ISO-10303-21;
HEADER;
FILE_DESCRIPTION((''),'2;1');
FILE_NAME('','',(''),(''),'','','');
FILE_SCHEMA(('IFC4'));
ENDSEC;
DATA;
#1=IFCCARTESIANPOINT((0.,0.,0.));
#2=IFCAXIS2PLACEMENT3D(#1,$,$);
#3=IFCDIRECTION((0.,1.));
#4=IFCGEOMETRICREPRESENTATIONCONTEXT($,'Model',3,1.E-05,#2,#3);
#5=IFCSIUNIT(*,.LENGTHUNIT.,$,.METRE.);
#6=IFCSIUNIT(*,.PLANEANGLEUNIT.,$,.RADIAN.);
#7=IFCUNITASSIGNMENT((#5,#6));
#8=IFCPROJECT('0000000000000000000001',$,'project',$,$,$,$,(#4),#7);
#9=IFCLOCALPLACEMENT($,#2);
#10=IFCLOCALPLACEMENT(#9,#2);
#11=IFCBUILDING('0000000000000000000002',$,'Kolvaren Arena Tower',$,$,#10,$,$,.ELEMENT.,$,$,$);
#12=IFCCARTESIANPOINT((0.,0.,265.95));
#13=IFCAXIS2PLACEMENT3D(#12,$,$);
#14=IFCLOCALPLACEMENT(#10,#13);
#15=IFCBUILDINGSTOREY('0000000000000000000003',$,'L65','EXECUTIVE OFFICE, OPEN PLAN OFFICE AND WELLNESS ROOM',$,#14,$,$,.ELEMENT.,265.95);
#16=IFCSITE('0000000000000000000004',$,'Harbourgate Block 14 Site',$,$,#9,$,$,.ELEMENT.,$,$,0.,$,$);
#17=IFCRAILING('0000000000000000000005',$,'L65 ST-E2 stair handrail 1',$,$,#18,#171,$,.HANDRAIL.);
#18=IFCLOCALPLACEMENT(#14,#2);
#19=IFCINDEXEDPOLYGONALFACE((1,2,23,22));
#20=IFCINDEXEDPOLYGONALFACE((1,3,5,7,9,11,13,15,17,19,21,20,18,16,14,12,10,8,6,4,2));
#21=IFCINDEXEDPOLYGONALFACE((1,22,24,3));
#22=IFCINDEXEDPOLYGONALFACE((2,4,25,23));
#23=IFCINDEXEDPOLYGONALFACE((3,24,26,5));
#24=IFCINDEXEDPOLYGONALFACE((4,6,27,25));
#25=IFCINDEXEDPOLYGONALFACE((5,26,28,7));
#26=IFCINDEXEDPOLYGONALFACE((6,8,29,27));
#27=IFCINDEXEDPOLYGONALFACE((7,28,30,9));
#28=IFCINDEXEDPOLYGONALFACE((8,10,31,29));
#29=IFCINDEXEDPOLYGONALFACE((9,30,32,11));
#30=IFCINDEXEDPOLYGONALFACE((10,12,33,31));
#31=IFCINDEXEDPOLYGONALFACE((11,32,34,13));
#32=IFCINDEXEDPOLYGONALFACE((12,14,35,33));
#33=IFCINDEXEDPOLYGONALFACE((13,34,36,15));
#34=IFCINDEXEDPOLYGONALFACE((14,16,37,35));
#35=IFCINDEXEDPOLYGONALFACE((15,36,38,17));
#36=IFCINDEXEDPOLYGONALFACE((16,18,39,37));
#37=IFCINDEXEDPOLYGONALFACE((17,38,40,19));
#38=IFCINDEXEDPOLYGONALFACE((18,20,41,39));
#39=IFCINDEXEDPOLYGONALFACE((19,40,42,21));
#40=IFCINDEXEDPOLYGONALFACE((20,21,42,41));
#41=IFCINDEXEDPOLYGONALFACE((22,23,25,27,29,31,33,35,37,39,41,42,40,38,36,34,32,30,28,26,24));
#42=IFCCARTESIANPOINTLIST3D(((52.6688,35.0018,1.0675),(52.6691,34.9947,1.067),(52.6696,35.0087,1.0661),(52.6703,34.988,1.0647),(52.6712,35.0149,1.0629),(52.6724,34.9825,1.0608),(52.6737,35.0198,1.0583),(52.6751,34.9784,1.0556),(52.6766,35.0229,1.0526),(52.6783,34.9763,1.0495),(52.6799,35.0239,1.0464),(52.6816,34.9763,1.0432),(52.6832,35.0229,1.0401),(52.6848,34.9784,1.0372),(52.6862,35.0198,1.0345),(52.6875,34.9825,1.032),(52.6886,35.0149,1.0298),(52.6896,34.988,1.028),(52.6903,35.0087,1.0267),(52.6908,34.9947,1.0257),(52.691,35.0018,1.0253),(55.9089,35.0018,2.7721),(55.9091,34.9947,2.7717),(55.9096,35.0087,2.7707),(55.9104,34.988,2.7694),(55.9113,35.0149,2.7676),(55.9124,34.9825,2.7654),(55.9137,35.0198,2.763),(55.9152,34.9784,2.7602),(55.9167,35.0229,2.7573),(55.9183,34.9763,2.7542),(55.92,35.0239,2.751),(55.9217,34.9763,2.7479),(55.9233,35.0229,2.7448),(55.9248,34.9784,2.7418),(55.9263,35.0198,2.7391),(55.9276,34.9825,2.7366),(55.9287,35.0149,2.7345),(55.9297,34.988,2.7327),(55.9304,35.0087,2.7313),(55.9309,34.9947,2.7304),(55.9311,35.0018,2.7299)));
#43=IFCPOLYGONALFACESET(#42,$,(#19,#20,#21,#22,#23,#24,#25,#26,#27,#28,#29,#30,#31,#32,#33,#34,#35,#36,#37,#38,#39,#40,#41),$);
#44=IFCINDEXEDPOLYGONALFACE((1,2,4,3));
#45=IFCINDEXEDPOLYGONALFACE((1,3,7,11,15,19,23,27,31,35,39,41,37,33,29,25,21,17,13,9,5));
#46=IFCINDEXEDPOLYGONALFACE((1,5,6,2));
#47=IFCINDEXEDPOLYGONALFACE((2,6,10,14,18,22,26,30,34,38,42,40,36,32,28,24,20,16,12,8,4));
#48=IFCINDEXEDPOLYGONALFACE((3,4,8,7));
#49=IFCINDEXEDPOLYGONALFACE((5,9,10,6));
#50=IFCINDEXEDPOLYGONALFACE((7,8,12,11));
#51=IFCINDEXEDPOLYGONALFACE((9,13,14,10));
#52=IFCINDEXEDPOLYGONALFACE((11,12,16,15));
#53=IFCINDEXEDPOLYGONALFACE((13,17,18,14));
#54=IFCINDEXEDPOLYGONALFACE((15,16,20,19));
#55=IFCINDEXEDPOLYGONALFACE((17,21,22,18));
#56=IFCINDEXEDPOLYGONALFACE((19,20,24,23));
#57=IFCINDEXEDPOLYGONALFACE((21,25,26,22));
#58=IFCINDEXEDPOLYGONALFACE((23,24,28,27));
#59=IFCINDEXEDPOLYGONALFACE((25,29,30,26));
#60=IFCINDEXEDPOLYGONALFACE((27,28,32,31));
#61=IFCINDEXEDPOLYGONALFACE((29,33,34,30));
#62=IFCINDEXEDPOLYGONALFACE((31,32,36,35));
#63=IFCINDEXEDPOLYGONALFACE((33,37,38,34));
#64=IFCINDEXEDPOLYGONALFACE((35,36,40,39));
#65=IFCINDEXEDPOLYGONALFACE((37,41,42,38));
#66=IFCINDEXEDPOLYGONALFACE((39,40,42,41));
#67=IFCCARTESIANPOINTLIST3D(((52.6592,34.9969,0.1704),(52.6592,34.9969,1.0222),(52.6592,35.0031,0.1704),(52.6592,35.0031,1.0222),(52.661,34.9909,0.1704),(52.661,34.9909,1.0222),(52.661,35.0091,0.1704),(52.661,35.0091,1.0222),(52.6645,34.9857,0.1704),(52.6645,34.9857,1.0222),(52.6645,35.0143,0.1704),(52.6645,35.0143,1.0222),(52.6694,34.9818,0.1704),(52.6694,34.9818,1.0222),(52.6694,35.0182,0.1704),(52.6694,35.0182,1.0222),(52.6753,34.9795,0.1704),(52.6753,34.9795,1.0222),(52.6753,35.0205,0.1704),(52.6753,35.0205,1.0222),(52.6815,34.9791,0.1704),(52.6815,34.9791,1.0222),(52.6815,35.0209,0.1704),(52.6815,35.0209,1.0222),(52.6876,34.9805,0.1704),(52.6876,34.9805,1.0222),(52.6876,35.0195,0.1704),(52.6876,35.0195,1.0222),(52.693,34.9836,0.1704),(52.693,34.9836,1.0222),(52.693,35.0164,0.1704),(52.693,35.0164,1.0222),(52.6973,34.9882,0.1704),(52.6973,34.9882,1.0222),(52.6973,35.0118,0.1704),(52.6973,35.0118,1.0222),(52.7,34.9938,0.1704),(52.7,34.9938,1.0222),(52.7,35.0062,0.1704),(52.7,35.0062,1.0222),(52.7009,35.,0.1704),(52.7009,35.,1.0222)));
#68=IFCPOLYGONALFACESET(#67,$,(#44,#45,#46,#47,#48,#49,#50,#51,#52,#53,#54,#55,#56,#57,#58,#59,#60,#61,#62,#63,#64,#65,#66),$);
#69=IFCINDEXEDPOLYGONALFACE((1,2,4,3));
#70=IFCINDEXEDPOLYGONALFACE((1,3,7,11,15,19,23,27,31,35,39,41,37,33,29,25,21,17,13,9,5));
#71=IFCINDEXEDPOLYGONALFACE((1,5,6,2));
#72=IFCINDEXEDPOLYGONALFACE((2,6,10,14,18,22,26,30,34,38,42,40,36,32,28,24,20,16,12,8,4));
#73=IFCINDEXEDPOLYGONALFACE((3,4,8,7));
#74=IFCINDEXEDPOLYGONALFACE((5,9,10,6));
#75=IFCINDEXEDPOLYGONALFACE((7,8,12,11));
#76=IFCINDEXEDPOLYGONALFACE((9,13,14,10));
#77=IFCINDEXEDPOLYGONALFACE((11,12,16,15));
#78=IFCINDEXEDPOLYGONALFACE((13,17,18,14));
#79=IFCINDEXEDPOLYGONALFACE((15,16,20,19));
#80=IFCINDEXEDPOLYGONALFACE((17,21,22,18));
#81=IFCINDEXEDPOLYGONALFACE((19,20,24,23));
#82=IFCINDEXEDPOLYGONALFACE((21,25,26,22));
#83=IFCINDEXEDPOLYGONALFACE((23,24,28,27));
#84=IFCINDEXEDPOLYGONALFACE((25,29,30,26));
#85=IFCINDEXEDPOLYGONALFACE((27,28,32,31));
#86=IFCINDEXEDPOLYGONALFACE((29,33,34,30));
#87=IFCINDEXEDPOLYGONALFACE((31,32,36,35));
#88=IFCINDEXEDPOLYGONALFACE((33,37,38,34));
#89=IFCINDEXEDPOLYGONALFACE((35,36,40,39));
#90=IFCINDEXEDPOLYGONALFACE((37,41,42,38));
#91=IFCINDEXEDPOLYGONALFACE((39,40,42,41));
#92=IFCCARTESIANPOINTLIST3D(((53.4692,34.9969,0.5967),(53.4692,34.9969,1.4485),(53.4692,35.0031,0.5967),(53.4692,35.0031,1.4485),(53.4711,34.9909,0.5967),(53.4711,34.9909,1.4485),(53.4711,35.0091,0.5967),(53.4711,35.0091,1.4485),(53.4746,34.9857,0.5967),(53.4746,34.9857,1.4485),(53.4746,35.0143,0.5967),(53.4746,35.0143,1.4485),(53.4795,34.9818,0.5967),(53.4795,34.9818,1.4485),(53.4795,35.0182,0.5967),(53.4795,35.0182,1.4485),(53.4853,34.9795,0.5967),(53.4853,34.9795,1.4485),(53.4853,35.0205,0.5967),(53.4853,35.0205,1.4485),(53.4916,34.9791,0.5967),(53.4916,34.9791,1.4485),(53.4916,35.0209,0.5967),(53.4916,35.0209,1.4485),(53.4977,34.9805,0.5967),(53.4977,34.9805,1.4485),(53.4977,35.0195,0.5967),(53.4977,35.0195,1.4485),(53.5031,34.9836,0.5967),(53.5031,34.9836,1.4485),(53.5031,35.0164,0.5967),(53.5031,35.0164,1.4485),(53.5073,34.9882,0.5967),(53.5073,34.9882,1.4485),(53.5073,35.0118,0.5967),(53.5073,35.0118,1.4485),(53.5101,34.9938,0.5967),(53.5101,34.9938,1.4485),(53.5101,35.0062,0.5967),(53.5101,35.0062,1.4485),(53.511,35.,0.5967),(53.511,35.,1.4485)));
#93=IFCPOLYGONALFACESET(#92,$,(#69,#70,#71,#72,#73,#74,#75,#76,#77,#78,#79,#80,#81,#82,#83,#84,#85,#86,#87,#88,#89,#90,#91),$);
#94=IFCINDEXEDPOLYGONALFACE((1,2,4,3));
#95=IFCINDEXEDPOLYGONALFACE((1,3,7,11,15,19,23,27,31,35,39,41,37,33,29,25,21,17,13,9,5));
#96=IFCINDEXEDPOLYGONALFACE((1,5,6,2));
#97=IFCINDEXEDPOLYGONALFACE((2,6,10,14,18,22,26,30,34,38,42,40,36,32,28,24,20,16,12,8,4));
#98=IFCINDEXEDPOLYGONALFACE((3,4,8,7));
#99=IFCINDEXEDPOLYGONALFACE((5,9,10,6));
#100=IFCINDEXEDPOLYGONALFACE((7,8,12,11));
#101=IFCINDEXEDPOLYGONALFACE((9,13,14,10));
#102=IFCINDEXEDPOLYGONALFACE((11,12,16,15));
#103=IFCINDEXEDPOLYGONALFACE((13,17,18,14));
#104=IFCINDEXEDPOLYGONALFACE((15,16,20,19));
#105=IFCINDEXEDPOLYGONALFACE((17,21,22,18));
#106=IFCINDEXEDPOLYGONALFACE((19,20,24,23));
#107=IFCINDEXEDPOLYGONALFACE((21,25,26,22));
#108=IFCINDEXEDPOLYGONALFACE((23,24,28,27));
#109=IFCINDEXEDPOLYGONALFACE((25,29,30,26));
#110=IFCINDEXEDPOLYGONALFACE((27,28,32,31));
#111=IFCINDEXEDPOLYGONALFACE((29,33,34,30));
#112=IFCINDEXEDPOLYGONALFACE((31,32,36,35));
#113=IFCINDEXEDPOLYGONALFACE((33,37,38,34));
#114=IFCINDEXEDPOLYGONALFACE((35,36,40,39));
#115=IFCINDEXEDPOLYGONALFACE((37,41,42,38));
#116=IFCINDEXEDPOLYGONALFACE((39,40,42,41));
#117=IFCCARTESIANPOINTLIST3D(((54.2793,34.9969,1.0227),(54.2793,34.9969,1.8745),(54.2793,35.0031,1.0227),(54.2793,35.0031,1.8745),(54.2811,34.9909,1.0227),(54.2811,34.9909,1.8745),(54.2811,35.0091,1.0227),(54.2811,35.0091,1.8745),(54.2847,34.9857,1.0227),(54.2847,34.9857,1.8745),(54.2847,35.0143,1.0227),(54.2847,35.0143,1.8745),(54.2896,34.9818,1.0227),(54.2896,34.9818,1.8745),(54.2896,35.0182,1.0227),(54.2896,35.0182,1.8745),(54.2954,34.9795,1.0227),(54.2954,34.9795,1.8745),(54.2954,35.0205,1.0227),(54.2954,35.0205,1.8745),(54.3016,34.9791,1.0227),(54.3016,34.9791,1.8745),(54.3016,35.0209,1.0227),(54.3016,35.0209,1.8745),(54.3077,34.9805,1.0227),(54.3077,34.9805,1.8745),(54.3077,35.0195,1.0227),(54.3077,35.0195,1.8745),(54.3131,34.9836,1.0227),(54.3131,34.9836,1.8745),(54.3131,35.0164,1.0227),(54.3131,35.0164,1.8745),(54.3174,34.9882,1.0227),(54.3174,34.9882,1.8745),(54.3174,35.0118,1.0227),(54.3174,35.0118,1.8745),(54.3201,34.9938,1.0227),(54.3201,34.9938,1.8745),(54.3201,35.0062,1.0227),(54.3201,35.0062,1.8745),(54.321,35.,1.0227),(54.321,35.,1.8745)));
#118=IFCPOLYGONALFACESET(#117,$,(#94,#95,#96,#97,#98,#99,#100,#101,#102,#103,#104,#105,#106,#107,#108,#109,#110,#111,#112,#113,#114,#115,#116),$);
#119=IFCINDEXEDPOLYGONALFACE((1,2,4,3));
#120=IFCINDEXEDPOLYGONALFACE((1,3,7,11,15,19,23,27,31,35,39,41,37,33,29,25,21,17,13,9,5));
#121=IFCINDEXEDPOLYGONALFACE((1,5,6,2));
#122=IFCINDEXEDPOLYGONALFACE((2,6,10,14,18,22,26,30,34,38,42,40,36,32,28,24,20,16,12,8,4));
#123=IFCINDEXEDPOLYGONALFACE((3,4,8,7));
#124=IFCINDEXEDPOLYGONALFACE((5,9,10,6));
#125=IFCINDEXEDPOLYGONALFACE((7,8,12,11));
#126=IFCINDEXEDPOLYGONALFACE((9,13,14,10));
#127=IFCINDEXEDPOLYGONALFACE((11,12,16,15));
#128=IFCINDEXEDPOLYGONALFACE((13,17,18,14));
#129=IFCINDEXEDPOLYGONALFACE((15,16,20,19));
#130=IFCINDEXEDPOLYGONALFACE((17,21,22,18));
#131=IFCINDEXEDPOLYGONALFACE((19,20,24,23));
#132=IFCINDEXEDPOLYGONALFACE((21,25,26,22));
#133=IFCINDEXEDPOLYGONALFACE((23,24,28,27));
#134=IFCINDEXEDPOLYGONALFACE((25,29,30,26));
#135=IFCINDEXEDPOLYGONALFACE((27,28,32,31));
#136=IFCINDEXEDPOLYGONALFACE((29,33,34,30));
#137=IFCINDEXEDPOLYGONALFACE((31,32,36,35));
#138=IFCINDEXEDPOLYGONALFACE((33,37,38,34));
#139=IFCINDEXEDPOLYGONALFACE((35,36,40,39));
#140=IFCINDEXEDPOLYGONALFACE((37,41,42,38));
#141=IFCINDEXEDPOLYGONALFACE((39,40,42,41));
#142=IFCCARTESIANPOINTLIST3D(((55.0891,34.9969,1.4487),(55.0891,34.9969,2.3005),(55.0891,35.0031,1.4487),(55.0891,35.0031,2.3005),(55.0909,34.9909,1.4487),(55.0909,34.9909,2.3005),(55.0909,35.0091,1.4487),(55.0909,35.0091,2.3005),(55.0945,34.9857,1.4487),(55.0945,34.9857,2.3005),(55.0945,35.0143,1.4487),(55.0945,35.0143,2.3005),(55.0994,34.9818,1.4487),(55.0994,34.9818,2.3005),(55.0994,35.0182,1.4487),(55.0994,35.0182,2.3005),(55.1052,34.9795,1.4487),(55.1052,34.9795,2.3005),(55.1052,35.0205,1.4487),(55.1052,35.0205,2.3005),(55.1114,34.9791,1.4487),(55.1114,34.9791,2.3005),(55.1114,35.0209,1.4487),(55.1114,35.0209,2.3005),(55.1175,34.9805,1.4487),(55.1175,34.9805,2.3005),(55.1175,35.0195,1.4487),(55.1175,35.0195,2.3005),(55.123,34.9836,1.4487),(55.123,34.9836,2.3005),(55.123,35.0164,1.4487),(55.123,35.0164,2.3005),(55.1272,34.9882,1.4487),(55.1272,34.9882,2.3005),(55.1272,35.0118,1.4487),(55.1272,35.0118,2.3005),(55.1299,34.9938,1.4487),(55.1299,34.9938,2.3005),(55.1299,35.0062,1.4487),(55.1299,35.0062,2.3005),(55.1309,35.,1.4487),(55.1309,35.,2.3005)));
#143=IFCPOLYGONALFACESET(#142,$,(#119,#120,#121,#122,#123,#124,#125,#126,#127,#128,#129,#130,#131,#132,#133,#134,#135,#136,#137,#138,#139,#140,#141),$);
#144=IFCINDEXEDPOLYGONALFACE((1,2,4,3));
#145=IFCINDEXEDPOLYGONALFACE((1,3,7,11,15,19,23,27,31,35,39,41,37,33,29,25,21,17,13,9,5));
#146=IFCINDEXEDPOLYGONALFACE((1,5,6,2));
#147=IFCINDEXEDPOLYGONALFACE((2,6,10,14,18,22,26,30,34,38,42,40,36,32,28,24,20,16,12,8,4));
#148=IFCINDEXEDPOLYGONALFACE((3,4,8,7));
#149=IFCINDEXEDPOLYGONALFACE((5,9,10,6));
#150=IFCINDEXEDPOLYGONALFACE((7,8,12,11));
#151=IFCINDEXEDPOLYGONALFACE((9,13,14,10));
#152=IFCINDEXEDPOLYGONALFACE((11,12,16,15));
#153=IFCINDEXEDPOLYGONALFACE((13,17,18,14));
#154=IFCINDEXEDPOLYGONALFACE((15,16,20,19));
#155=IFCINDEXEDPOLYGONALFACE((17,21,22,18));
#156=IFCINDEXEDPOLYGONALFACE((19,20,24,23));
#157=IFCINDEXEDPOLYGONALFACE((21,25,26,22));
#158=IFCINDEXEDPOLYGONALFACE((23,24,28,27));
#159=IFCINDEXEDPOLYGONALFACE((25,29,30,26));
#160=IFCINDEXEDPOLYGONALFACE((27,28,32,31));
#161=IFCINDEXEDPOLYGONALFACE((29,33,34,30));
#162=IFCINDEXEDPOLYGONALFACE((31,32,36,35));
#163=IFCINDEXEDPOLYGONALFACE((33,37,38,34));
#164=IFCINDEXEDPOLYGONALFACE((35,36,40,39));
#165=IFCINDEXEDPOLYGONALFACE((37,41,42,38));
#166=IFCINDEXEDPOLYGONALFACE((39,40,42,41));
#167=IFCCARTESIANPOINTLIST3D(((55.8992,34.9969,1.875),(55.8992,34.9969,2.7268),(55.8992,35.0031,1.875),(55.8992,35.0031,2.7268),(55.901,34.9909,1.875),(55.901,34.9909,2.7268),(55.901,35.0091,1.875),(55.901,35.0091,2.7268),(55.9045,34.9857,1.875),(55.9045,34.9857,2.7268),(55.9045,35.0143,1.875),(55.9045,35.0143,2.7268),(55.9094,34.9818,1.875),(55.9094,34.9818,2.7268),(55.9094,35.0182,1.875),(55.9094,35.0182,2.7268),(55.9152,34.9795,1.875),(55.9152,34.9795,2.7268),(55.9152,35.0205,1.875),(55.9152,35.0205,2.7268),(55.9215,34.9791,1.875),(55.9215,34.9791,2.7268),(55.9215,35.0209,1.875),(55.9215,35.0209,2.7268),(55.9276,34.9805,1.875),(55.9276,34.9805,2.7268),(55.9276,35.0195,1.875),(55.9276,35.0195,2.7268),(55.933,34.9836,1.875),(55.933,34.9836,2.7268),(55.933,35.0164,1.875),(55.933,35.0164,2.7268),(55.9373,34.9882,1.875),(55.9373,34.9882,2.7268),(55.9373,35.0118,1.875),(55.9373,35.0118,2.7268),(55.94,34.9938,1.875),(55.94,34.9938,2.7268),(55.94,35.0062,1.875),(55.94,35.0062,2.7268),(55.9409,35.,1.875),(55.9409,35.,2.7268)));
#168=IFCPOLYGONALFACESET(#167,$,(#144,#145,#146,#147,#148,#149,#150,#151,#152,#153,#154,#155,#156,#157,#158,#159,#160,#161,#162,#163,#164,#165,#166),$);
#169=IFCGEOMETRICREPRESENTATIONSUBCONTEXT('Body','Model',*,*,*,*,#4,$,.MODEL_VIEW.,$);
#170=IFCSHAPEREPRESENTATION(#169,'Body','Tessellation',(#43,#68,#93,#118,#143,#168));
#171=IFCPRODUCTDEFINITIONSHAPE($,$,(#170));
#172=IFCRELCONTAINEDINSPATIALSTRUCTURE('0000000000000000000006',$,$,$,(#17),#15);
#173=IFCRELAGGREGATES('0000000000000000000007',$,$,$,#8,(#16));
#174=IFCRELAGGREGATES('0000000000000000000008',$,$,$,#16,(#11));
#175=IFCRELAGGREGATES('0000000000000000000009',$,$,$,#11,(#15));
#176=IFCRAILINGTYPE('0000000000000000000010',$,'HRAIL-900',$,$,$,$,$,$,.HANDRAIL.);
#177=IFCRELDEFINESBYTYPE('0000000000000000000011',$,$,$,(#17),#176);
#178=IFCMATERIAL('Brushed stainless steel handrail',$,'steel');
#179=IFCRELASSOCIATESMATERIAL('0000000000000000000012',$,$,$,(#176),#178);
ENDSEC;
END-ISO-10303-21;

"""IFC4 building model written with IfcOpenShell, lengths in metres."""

from ifc_helpers import new_model, si_unit, direction, frame, origin, origin_2d, place, context, subcontext, project, spatial, circle, extrude, material, type_object, element, save


model = new_model("IFC4")

# Units and contexts
model_context = context("Model", 3, precision=1e-05, world=origin(), true_north=direction((0.0, 1.0)))
body_context = subcontext(model_context, "Body", "Model", "MODEL_VIEW")
ifc_project = project(units=[si_unit("LENGTHUNIT", "METRE"), si_unit("PLANEANGLEUNIT", "RADIAN")], contexts=[model_context])

# Site, building, storey
site_placement = place(None, origin())
site = spatial("IfcSite", under=ifc_project, at=site_placement, Name="Harbourgate Block 14 Site", CompositionType="ELEMENT", RefElevation=0.0)
building_placement = place(site_placement, origin())
building = spatial("IfcBuilding", under=site, at=building_placement, Name="Kolvaren Arena Tower", CompositionType="ELEMENT")
storey_placement = place(building_placement, frame((0.0, 0.0, 265.95)))
storey = spatial("IfcBuildingStorey", under=building, at=storey_placement, Name="L65", Description="EXECUTIVE OFFICE, OPEN PLAN OFFICE AND WELLNESS ROOM", CompositionType="ELEMENT", Elevation=265.95)

# Railing
ifc_material_1 = material(Name="Brushed stainless steel handrail", Category="steel")
railing_type_1 = type_object("IfcRailingType", Name="HRAIL-900", PredefinedType="HANDRAIL", material=ifc_material_1)
for number, where, name in (
    (1, (52.6799, 35.0, 0.1704), "L65 ST-E2 stair handrail 1"),
):
    element("IfcRailing", number, at=place(storey_placement, frame(where)), inside=storey, type_object=railing_type_1, Name=name, PredefinedType="HANDRAIL", context=body_context, shape_type="SweptSolid", body=[
        extrude(circle(Radius=0.0239, at=origin_2d()), frame((0.0, 0.0, 0.876), z_axis=(0.884993, 0.0, 0.465604), x_axis=(0.0, 1.0, 0.0)), (0.0, 0.0, 1.0), 3.6611),
        extrude(circle(Radius=0.021, at=origin_2d()), origin(), (0.0, 0.0, 1.0), 0.8518),
        extrude(circle(Radius=0.021, at=origin_2d()), frame((0.8101, 0.0, 0.4263)), (0.0, 0.0, 1.0), 0.8518),
        extrude(circle(Radius=0.021, at=origin_2d()), frame((1.6201, 0.0, 0.8523)), (0.0, 0.0, 1.0), 0.8518),
        extrude(circle(Radius=0.021, at=origin_2d()), frame((2.4299, 0.0, 1.2783)), (0.0, 0.0, 1.0), 0.8518),
        extrude(circle(Radius=0.021, at=origin_2d()), frame((3.24, 0.0, 1.7046)), (0.0, 0.0, 1.0), 0.8518),
    ])

save(model, "model.ifc")
